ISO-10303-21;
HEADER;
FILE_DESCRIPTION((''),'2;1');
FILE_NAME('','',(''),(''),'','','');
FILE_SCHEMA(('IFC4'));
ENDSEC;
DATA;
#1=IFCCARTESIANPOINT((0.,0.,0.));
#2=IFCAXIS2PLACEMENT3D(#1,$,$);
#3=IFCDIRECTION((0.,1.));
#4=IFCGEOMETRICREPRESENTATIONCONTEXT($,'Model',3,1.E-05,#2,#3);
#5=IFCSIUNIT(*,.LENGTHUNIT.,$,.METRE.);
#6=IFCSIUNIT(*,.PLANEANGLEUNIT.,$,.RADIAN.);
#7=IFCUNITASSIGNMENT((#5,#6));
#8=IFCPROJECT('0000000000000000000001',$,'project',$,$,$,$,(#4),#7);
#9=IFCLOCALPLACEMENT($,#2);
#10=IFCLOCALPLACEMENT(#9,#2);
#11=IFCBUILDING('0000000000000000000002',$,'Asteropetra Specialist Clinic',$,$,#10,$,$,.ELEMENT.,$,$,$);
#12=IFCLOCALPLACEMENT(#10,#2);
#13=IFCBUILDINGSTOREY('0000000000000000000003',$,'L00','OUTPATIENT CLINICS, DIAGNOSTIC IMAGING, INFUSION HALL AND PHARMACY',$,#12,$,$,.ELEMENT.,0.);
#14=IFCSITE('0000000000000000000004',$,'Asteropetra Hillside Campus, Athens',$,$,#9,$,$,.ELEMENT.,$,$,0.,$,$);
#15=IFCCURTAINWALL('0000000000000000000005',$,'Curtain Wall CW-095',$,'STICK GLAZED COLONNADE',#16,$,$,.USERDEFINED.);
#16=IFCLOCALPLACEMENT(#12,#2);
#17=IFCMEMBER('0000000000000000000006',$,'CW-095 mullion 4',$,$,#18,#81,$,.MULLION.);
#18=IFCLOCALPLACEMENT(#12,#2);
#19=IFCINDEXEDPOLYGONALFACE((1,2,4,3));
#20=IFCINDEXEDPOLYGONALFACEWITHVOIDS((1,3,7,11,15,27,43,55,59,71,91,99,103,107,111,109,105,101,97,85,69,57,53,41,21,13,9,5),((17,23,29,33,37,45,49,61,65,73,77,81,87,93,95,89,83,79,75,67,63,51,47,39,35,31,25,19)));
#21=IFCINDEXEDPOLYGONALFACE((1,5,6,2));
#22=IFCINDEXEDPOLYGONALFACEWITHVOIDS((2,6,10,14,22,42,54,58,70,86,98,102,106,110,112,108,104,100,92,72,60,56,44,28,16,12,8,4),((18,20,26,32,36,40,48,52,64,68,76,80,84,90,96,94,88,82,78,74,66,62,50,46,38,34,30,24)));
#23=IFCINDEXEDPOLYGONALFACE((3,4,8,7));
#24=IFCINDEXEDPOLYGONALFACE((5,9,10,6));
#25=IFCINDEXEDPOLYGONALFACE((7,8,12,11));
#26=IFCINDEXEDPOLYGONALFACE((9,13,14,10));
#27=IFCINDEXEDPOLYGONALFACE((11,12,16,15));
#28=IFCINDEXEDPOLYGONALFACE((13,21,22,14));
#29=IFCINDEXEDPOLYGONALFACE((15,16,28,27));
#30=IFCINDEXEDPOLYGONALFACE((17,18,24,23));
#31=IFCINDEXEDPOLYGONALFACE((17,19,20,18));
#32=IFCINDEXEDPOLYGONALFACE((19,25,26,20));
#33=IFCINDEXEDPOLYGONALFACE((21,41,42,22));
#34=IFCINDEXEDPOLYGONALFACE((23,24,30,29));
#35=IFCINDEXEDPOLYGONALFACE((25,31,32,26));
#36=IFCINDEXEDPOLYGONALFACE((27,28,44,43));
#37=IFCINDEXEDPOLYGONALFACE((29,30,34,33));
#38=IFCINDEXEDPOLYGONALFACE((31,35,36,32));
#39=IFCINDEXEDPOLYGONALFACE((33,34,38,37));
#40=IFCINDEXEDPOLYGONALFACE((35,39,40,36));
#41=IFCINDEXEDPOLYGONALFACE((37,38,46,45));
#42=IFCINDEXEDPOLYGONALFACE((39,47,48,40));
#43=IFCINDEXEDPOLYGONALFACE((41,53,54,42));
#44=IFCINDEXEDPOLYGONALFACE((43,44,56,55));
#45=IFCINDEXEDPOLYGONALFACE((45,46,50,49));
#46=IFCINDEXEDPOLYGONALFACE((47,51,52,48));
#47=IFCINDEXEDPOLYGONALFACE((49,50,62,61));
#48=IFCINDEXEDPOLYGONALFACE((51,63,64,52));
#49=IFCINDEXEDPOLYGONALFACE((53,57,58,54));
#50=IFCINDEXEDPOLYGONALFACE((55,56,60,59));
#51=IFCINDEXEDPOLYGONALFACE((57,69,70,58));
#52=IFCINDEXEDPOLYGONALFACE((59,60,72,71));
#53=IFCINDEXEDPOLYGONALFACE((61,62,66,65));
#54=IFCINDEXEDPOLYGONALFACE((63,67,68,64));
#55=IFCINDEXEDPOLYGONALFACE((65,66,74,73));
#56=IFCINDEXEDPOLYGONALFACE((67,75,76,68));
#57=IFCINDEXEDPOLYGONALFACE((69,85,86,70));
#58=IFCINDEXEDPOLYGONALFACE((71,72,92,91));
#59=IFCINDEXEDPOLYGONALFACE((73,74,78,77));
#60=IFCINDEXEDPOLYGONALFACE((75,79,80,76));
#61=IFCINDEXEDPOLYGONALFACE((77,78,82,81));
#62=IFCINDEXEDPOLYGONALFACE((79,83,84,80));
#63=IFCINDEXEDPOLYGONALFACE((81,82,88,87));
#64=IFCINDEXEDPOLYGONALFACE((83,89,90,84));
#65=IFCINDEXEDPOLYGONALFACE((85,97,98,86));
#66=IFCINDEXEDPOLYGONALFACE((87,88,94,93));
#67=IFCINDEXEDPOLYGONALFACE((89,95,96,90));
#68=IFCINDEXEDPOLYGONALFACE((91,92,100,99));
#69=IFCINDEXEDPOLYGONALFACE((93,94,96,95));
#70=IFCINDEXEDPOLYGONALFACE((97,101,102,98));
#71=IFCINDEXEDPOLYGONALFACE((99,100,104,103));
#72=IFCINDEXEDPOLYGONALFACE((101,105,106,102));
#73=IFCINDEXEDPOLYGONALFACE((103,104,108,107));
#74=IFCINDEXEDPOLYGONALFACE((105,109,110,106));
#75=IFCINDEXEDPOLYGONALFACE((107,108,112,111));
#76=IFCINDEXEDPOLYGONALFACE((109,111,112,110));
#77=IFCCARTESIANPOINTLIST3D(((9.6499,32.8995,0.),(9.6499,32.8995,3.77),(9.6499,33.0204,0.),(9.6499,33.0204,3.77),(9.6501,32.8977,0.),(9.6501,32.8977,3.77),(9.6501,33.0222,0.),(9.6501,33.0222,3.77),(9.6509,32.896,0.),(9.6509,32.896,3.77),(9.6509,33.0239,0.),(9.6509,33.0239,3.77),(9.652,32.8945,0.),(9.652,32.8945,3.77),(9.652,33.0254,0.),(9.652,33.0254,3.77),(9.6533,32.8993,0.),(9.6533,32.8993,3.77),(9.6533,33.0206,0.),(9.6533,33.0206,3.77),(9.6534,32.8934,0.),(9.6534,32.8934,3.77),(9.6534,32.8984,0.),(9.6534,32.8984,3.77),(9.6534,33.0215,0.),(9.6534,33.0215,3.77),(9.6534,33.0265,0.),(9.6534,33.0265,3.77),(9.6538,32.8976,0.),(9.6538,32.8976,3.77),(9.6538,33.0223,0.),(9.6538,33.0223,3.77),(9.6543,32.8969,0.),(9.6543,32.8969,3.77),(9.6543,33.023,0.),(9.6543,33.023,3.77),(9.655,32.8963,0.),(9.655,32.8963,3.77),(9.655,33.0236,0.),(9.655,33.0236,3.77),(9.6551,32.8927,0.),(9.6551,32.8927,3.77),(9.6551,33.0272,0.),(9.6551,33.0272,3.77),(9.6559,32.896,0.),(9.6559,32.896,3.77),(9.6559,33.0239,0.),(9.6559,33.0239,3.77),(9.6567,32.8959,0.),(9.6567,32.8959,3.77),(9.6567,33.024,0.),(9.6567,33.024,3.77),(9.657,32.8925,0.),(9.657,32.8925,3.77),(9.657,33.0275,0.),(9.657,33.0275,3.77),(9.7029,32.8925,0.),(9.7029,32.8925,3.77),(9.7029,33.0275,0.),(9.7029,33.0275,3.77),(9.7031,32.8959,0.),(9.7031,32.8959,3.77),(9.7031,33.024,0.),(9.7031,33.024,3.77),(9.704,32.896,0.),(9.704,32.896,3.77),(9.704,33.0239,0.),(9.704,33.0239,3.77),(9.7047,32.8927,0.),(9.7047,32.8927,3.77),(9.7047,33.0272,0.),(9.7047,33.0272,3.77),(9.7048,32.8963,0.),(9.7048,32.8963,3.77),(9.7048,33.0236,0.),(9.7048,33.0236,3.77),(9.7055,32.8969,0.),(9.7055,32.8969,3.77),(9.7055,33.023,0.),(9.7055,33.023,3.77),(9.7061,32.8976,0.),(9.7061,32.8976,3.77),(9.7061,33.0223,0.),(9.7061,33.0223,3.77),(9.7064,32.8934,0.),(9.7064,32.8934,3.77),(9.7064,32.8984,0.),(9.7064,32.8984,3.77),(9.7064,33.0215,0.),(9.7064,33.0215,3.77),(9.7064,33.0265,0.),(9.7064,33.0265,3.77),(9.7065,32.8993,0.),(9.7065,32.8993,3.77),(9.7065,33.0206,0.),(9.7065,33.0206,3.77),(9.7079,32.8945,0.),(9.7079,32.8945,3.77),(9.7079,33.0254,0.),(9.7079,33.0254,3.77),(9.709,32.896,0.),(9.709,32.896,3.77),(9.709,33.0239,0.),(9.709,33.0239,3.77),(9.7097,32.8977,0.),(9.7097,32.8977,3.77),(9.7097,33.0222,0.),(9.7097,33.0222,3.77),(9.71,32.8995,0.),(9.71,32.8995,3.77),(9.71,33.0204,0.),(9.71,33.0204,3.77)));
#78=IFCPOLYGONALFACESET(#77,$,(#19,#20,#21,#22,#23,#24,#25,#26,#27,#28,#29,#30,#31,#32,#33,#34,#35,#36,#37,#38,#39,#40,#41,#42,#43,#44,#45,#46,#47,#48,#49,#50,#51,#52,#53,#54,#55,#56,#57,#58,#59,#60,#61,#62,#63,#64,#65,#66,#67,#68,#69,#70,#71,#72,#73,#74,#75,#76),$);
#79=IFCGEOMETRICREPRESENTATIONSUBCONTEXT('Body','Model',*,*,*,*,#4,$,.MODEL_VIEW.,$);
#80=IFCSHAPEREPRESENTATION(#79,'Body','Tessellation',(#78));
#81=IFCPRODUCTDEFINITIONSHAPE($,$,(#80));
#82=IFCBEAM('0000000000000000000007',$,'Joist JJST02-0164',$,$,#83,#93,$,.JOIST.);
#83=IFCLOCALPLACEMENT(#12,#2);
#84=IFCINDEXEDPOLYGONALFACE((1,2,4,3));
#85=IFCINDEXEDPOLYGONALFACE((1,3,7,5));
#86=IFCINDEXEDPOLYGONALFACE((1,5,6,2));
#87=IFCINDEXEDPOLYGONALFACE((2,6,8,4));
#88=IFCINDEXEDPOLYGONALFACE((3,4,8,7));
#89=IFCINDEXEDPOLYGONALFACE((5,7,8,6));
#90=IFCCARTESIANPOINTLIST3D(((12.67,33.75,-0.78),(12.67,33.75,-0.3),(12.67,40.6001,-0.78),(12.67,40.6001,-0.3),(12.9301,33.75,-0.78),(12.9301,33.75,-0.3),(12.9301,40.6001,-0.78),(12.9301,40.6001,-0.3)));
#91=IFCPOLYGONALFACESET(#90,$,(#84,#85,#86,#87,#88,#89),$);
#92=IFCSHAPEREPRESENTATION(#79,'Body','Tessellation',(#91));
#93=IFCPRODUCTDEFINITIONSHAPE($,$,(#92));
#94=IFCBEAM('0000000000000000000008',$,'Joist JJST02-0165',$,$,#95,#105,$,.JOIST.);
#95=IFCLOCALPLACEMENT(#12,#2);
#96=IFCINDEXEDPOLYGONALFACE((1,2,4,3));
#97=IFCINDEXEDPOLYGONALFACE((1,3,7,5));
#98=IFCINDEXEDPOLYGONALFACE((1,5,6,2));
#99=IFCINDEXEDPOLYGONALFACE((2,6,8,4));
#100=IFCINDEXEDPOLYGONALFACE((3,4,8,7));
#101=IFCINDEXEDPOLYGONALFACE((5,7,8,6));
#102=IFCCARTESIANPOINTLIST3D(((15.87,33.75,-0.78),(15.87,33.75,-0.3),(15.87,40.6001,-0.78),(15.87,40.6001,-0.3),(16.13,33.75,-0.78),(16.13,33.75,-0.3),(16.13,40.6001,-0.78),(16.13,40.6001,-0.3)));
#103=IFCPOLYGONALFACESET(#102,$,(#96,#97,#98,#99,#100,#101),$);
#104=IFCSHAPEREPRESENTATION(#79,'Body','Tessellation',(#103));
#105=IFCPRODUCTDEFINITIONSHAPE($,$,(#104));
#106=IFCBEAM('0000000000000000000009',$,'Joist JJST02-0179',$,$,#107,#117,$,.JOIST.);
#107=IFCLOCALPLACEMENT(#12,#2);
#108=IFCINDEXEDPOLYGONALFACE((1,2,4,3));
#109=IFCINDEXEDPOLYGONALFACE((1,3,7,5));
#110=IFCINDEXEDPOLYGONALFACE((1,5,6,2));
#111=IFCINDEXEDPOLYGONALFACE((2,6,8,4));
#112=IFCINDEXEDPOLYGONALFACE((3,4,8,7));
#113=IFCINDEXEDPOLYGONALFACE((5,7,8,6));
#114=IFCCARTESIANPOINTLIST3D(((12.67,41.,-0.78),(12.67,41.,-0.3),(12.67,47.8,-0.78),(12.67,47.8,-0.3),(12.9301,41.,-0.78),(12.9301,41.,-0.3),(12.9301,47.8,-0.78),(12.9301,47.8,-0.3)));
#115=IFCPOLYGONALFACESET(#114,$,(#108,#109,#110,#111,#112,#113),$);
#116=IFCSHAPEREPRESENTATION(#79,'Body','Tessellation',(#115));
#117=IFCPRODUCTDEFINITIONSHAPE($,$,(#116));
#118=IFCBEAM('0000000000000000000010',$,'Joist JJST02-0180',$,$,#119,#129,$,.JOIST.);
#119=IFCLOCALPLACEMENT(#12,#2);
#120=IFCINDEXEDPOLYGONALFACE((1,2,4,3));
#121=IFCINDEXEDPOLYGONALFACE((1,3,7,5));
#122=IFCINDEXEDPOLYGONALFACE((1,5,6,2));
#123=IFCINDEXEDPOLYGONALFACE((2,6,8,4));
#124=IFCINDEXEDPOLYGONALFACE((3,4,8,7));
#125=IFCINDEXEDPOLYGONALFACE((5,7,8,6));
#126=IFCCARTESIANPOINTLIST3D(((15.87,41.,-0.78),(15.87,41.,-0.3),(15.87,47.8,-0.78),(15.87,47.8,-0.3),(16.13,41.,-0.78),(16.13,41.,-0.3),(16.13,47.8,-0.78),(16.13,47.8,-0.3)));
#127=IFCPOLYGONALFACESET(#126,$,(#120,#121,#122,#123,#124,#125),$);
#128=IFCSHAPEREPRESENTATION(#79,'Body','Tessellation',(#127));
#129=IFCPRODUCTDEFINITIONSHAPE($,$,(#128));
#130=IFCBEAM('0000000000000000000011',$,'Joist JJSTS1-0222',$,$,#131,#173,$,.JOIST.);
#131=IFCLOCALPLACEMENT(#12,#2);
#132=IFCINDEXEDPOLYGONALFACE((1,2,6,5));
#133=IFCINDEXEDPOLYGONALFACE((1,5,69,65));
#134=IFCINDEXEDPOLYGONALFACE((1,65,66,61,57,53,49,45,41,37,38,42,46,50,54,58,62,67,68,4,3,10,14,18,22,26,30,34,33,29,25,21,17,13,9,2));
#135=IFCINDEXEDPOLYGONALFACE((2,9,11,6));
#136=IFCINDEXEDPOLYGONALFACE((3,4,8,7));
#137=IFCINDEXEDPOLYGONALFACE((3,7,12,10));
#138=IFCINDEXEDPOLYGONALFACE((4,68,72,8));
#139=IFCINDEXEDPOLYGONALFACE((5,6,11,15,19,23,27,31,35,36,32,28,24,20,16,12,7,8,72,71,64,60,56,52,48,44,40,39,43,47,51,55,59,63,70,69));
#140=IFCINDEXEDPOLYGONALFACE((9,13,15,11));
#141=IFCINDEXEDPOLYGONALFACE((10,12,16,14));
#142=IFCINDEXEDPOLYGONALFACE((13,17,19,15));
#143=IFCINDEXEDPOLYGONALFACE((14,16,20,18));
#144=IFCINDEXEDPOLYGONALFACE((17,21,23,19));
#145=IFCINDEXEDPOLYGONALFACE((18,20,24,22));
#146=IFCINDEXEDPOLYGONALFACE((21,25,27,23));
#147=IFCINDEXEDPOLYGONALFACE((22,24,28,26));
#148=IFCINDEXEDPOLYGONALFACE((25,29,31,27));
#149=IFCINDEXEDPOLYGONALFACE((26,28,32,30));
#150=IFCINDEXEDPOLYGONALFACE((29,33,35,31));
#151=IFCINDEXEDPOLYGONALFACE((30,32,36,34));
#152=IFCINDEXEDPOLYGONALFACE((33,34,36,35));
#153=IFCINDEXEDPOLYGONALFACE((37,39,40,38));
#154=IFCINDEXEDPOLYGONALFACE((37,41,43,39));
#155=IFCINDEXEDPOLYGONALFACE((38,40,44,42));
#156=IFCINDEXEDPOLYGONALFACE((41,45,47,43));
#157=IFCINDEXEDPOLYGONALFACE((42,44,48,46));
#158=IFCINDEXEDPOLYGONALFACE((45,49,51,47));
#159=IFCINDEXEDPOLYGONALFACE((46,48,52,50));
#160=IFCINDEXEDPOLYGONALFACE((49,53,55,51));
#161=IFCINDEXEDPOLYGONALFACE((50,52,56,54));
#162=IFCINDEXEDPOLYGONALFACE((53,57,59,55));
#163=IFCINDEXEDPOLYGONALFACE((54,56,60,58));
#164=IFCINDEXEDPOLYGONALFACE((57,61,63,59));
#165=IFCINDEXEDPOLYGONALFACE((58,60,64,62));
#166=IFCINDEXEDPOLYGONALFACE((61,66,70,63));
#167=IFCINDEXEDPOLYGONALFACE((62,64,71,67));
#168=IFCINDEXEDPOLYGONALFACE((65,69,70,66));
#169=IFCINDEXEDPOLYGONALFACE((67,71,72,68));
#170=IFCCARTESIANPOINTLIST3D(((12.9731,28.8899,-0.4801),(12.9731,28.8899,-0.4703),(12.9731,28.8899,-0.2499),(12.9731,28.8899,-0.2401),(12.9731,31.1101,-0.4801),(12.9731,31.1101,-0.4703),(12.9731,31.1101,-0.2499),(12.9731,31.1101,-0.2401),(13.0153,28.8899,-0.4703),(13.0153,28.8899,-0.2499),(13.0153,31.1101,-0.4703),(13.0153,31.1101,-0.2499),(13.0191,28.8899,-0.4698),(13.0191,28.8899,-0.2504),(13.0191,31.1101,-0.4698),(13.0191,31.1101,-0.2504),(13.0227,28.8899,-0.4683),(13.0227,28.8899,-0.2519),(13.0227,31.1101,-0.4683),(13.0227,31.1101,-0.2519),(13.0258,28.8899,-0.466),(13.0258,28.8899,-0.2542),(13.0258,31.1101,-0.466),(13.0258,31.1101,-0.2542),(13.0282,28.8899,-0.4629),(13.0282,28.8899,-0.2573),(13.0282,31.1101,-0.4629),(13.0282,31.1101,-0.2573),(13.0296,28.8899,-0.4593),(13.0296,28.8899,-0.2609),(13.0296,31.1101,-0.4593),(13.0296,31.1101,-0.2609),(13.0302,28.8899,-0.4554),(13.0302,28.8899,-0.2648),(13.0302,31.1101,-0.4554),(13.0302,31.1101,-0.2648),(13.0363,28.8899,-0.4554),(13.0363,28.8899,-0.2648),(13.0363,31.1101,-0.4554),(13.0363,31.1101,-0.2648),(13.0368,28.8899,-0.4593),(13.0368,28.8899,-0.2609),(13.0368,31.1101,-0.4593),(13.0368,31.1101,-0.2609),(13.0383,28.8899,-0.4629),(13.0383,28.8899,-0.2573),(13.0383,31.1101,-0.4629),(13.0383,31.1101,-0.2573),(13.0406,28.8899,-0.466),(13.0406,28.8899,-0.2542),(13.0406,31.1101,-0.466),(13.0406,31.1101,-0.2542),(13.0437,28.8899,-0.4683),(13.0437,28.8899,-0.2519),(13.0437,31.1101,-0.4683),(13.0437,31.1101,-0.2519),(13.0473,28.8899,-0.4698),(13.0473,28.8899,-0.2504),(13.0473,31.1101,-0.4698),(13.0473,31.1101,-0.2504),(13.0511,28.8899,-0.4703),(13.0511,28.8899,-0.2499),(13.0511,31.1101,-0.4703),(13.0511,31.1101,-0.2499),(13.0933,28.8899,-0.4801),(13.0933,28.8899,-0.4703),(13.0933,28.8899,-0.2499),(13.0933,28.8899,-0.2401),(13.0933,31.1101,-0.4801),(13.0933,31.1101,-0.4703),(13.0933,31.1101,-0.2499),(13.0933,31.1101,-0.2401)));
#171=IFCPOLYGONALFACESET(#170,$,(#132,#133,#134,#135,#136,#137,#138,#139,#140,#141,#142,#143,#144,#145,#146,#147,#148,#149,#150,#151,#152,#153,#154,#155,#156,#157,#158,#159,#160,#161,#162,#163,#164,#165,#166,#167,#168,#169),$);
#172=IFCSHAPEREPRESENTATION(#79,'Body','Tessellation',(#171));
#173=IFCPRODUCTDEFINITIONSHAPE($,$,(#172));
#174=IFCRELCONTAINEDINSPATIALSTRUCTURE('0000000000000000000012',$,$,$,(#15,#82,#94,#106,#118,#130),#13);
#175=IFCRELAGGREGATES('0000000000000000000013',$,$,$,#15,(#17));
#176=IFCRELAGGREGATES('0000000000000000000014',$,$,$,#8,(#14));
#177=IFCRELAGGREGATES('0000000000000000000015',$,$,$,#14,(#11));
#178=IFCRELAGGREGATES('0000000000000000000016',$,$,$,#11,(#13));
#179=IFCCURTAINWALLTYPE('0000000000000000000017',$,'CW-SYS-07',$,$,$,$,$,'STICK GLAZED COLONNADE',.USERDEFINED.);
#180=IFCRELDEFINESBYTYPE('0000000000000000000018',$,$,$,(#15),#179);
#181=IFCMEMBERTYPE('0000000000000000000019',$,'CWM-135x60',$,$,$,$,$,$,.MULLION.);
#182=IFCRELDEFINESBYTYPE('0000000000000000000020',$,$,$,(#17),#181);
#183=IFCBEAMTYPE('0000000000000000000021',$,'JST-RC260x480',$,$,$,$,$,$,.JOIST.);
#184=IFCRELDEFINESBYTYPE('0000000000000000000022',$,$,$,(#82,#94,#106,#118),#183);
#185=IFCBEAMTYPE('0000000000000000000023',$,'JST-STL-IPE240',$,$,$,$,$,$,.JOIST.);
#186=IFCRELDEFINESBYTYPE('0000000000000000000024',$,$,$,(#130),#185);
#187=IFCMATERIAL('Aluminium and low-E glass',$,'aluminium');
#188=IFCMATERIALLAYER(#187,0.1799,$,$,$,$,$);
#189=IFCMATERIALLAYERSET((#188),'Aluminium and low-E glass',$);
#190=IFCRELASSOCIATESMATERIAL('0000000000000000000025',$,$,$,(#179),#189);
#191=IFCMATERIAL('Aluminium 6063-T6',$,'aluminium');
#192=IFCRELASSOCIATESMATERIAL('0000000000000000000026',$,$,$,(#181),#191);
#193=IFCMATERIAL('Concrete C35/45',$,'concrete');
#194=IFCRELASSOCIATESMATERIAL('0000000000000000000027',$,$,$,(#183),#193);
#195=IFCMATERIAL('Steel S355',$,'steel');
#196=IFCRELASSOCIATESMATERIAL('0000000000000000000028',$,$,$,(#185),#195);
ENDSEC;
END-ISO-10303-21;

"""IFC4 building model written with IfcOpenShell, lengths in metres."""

from ifc_helpers import new_model, si_unit, direction, frame, origin, origin_2d, place, context, subcontext, project, spatial, rectangle, hollow_rectangle, i_section, extrude, material, layer, layer_set, material_profile, profile_set, type_object, element, aggregate, save


model = new_model("IFC4")

# Units and contexts
model_context = context("Model", 3, precision=1e-05, world=origin(), true_north=direction((0.0, 1.0)))
body_context = subcontext(model_context, "Body", "Model", "MODEL_VIEW")
ifc_project = project(units=[si_unit("LENGTHUNIT", "METRE"), si_unit("PLANEANGLEUNIT", "RADIAN")], contexts=[model_context])

# Site, building, storey
site_placement = place(None, origin())
site = spatial("IfcSite", under=ifc_project, at=site_placement, Name="Asteropetra Hillside Campus, Athens", CompositionType="ELEMENT", RefElevation=0.0)
building_placement = place(site_placement, origin())
building = spatial("IfcBuilding", under=site, at=building_placement, Name="Asteropetra Specialist Clinic", CompositionType="ELEMENT")
storey_placement = place(building_placement, origin())
storey = spatial("IfcBuildingStorey", under=building, at=storey_placement, Name="L00", Description="OUTPATIENT CLINICS, DIAGNOSTIC IMAGING, INFUSION HALL AND PHARMACY", CompositionType="ELEMENT", Elevation=0.0)

# Curtain wall, member
ifc_material_1 = material(Name="Aluminium and low-E glass", Category="aluminium")
ifc_layer_1 = layer(ifc_material_1, 0.1799)
ifc_layer_set_1 = layer_set([ifc_layer_1], Name="Aluminium and low-E glass")
curtain_wall_type = type_object("IfcCurtainWallType", Name="CW-SYS-07", ElementType="STICK GLAZED COLONNADE", PredefinedType="USERDEFINED", material=ifc_layer_set_1)
curtain_wall_placement = place(storey_placement, origin())
curtain_wall = element("IfcCurtainWall", 1, at=curtain_wall_placement, inside=storey, type_object=curtain_wall_type, Name="Curtain Wall CW-095", ObjectType="STICK GLAZED COLONNADE", PredefinedType="USERDEFINED")
ifc_material_2 = material(Name="Aluminium 6063-T6", Category="aluminium")
ifc_material_profile_1 = material_profile(ifc_material_2, hollow_rectangle(XDim=0.0601, YDim=0.135, WallThickness=0.0034, InnerFilletRadius=0.0034, OuterFilletRadius=0.0071, at=origin_2d()), Name="MUL 135x60x3.5")
ifc_profile_set_1 = profile_set([ifc_material_profile_1], Name="Aluminium 6063-T6")
member_type = type_object("IfcMemberType", Name="CWM-135x60", PredefinedType="MULLION", material=ifc_profile_set_1)
member_placement = place(storey_placement, frame((9.6799, 32.96, 0.0), z_axis=(0.0, 0.0, 1.0), x_axis=(-1.0, 0.0, 0.0)))
member = element("IfcMember", 2, at=member_placement, type_object=member_type, Name="CW-095 mullion 4", PredefinedType="MULLION", context=body_context, shape_type="SweptSolid", body=[
    extrude(hollow_rectangle(XDim=0.0601, YDim=0.135, WallThickness=0.0034, InnerFilletRadius=0.0034, OuterFilletRadius=0.0071, at=origin_2d()), origin(), (0.0, 0.0, 1.0), 3.77),
])
aggregate(curtain_wall, [member])

# Beams
ifc_material_3 = material(Name="Concrete C35/45", Category="concrete")
ifc_material_profile_2 = material_profile(ifc_material_3, rectangle(XDim=0.26, YDim=0.48, at=origin_2d()), Name="RCJ 260x480")
ifc_profile_set_2 = profile_set([ifc_material_profile_2], Name="Concrete C35/45")
beam_type_1 = type_object("IfcBeamType", Name="JST-RC260x480", PredefinedType="JOIST", material=ifc_profile_set_2)
for number, where, z_axis, x_axis, name in (
    (3, (12.8, 33.75, -0.54), (0.0, 1.0, 0.0), (-1.0, 0.0, 0.0), "Joist JJST02-0164"),
    (4, (16.0, 33.75, -0.54), (0.0, 1.0, 0.0), (-1.0, 0.0, 0.0), "Joist JJST02-0165"),
):
    element("IfcBeam", number, at=place(storey_placement, frame(where, z_axis=z_axis, x_axis=x_axis)), inside=storey, type_object=beam_type_1, Name=name, PredefinedType="JOIST", context=body_context, shape_type="SweptSolid", body=[
        extrude(rectangle(XDim=0.26, YDim=0.48, at=origin_2d()), origin(), (0.0, 0.0, 1.0), 6.8501),
    ])
for number, where, z_axis, x_axis, name in (
    (5, (12.8, 41.0, -0.54), (0.0, 1.0, 0.0), (-1.0, 0.0, 0.0), "Joist JJST02-0179"),
    (6, (16.0, 41.0, -0.54), (0.0, 1.0, 0.0), (-1.0, 0.0, 0.0), "Joist JJST02-0180"),
):
    element("IfcBeam", number, at=place(storey_placement, frame(where, z_axis=z_axis, x_axis=x_axis)), inside=storey, type_object=beam_type_1, Name=name, PredefinedType="JOIST", context=body_context, shape_type="SweptSolid", body=[
        extrude(rectangle(XDim=0.26, YDim=0.48, at=origin_2d()), origin(), (0.0, 0.0, 1.0), 6.8),
    ])
ifc_material_4 = material(Name="Steel S355", Category="steel")
ifc_material_profile_3 = material_profile(ifc_material_4, i_section(OverallWidth=0.1201, OverallDepth=0.24, WebThickness=0.0061, FlangeThickness=0.0098, FilletRadius=0.0149, at=origin_2d()), Name="IPE 240")
ifc_profile_set_3 = profile_set([ifc_material_profile_3], Name="Steel S355")
beam_type_2 = type_object("IfcBeamType", Name="JST-STL-IPE240", PredefinedType="JOIST", material=ifc_profile_set_3)
for number, where, z_axis, x_axis, name in (
    (7, (13.0332, 28.8899, -0.3601), (0.0, 1.0, 0.0), (-1.0, 0.0, 0.0), "Joist JJSTS1-0222"),
):
    element("IfcBeam", number, at=place(storey_placement, frame(where, z_axis=z_axis, x_axis=x_axis)), inside=storey, type_object=beam_type_2, Name=name, PredefinedType="JOIST", context=body_context, shape_type="SweptSolid", body=[
        extrude(i_section(OverallWidth=0.1201, OverallDepth=0.24, WebThickness=0.0061, FlangeThickness=0.0098, FilletRadius=0.0149, at=origin_2d()), origin(), (0.0, 0.0, 1.0), 2.2202),
    ])

save(model, "model.ifc")
